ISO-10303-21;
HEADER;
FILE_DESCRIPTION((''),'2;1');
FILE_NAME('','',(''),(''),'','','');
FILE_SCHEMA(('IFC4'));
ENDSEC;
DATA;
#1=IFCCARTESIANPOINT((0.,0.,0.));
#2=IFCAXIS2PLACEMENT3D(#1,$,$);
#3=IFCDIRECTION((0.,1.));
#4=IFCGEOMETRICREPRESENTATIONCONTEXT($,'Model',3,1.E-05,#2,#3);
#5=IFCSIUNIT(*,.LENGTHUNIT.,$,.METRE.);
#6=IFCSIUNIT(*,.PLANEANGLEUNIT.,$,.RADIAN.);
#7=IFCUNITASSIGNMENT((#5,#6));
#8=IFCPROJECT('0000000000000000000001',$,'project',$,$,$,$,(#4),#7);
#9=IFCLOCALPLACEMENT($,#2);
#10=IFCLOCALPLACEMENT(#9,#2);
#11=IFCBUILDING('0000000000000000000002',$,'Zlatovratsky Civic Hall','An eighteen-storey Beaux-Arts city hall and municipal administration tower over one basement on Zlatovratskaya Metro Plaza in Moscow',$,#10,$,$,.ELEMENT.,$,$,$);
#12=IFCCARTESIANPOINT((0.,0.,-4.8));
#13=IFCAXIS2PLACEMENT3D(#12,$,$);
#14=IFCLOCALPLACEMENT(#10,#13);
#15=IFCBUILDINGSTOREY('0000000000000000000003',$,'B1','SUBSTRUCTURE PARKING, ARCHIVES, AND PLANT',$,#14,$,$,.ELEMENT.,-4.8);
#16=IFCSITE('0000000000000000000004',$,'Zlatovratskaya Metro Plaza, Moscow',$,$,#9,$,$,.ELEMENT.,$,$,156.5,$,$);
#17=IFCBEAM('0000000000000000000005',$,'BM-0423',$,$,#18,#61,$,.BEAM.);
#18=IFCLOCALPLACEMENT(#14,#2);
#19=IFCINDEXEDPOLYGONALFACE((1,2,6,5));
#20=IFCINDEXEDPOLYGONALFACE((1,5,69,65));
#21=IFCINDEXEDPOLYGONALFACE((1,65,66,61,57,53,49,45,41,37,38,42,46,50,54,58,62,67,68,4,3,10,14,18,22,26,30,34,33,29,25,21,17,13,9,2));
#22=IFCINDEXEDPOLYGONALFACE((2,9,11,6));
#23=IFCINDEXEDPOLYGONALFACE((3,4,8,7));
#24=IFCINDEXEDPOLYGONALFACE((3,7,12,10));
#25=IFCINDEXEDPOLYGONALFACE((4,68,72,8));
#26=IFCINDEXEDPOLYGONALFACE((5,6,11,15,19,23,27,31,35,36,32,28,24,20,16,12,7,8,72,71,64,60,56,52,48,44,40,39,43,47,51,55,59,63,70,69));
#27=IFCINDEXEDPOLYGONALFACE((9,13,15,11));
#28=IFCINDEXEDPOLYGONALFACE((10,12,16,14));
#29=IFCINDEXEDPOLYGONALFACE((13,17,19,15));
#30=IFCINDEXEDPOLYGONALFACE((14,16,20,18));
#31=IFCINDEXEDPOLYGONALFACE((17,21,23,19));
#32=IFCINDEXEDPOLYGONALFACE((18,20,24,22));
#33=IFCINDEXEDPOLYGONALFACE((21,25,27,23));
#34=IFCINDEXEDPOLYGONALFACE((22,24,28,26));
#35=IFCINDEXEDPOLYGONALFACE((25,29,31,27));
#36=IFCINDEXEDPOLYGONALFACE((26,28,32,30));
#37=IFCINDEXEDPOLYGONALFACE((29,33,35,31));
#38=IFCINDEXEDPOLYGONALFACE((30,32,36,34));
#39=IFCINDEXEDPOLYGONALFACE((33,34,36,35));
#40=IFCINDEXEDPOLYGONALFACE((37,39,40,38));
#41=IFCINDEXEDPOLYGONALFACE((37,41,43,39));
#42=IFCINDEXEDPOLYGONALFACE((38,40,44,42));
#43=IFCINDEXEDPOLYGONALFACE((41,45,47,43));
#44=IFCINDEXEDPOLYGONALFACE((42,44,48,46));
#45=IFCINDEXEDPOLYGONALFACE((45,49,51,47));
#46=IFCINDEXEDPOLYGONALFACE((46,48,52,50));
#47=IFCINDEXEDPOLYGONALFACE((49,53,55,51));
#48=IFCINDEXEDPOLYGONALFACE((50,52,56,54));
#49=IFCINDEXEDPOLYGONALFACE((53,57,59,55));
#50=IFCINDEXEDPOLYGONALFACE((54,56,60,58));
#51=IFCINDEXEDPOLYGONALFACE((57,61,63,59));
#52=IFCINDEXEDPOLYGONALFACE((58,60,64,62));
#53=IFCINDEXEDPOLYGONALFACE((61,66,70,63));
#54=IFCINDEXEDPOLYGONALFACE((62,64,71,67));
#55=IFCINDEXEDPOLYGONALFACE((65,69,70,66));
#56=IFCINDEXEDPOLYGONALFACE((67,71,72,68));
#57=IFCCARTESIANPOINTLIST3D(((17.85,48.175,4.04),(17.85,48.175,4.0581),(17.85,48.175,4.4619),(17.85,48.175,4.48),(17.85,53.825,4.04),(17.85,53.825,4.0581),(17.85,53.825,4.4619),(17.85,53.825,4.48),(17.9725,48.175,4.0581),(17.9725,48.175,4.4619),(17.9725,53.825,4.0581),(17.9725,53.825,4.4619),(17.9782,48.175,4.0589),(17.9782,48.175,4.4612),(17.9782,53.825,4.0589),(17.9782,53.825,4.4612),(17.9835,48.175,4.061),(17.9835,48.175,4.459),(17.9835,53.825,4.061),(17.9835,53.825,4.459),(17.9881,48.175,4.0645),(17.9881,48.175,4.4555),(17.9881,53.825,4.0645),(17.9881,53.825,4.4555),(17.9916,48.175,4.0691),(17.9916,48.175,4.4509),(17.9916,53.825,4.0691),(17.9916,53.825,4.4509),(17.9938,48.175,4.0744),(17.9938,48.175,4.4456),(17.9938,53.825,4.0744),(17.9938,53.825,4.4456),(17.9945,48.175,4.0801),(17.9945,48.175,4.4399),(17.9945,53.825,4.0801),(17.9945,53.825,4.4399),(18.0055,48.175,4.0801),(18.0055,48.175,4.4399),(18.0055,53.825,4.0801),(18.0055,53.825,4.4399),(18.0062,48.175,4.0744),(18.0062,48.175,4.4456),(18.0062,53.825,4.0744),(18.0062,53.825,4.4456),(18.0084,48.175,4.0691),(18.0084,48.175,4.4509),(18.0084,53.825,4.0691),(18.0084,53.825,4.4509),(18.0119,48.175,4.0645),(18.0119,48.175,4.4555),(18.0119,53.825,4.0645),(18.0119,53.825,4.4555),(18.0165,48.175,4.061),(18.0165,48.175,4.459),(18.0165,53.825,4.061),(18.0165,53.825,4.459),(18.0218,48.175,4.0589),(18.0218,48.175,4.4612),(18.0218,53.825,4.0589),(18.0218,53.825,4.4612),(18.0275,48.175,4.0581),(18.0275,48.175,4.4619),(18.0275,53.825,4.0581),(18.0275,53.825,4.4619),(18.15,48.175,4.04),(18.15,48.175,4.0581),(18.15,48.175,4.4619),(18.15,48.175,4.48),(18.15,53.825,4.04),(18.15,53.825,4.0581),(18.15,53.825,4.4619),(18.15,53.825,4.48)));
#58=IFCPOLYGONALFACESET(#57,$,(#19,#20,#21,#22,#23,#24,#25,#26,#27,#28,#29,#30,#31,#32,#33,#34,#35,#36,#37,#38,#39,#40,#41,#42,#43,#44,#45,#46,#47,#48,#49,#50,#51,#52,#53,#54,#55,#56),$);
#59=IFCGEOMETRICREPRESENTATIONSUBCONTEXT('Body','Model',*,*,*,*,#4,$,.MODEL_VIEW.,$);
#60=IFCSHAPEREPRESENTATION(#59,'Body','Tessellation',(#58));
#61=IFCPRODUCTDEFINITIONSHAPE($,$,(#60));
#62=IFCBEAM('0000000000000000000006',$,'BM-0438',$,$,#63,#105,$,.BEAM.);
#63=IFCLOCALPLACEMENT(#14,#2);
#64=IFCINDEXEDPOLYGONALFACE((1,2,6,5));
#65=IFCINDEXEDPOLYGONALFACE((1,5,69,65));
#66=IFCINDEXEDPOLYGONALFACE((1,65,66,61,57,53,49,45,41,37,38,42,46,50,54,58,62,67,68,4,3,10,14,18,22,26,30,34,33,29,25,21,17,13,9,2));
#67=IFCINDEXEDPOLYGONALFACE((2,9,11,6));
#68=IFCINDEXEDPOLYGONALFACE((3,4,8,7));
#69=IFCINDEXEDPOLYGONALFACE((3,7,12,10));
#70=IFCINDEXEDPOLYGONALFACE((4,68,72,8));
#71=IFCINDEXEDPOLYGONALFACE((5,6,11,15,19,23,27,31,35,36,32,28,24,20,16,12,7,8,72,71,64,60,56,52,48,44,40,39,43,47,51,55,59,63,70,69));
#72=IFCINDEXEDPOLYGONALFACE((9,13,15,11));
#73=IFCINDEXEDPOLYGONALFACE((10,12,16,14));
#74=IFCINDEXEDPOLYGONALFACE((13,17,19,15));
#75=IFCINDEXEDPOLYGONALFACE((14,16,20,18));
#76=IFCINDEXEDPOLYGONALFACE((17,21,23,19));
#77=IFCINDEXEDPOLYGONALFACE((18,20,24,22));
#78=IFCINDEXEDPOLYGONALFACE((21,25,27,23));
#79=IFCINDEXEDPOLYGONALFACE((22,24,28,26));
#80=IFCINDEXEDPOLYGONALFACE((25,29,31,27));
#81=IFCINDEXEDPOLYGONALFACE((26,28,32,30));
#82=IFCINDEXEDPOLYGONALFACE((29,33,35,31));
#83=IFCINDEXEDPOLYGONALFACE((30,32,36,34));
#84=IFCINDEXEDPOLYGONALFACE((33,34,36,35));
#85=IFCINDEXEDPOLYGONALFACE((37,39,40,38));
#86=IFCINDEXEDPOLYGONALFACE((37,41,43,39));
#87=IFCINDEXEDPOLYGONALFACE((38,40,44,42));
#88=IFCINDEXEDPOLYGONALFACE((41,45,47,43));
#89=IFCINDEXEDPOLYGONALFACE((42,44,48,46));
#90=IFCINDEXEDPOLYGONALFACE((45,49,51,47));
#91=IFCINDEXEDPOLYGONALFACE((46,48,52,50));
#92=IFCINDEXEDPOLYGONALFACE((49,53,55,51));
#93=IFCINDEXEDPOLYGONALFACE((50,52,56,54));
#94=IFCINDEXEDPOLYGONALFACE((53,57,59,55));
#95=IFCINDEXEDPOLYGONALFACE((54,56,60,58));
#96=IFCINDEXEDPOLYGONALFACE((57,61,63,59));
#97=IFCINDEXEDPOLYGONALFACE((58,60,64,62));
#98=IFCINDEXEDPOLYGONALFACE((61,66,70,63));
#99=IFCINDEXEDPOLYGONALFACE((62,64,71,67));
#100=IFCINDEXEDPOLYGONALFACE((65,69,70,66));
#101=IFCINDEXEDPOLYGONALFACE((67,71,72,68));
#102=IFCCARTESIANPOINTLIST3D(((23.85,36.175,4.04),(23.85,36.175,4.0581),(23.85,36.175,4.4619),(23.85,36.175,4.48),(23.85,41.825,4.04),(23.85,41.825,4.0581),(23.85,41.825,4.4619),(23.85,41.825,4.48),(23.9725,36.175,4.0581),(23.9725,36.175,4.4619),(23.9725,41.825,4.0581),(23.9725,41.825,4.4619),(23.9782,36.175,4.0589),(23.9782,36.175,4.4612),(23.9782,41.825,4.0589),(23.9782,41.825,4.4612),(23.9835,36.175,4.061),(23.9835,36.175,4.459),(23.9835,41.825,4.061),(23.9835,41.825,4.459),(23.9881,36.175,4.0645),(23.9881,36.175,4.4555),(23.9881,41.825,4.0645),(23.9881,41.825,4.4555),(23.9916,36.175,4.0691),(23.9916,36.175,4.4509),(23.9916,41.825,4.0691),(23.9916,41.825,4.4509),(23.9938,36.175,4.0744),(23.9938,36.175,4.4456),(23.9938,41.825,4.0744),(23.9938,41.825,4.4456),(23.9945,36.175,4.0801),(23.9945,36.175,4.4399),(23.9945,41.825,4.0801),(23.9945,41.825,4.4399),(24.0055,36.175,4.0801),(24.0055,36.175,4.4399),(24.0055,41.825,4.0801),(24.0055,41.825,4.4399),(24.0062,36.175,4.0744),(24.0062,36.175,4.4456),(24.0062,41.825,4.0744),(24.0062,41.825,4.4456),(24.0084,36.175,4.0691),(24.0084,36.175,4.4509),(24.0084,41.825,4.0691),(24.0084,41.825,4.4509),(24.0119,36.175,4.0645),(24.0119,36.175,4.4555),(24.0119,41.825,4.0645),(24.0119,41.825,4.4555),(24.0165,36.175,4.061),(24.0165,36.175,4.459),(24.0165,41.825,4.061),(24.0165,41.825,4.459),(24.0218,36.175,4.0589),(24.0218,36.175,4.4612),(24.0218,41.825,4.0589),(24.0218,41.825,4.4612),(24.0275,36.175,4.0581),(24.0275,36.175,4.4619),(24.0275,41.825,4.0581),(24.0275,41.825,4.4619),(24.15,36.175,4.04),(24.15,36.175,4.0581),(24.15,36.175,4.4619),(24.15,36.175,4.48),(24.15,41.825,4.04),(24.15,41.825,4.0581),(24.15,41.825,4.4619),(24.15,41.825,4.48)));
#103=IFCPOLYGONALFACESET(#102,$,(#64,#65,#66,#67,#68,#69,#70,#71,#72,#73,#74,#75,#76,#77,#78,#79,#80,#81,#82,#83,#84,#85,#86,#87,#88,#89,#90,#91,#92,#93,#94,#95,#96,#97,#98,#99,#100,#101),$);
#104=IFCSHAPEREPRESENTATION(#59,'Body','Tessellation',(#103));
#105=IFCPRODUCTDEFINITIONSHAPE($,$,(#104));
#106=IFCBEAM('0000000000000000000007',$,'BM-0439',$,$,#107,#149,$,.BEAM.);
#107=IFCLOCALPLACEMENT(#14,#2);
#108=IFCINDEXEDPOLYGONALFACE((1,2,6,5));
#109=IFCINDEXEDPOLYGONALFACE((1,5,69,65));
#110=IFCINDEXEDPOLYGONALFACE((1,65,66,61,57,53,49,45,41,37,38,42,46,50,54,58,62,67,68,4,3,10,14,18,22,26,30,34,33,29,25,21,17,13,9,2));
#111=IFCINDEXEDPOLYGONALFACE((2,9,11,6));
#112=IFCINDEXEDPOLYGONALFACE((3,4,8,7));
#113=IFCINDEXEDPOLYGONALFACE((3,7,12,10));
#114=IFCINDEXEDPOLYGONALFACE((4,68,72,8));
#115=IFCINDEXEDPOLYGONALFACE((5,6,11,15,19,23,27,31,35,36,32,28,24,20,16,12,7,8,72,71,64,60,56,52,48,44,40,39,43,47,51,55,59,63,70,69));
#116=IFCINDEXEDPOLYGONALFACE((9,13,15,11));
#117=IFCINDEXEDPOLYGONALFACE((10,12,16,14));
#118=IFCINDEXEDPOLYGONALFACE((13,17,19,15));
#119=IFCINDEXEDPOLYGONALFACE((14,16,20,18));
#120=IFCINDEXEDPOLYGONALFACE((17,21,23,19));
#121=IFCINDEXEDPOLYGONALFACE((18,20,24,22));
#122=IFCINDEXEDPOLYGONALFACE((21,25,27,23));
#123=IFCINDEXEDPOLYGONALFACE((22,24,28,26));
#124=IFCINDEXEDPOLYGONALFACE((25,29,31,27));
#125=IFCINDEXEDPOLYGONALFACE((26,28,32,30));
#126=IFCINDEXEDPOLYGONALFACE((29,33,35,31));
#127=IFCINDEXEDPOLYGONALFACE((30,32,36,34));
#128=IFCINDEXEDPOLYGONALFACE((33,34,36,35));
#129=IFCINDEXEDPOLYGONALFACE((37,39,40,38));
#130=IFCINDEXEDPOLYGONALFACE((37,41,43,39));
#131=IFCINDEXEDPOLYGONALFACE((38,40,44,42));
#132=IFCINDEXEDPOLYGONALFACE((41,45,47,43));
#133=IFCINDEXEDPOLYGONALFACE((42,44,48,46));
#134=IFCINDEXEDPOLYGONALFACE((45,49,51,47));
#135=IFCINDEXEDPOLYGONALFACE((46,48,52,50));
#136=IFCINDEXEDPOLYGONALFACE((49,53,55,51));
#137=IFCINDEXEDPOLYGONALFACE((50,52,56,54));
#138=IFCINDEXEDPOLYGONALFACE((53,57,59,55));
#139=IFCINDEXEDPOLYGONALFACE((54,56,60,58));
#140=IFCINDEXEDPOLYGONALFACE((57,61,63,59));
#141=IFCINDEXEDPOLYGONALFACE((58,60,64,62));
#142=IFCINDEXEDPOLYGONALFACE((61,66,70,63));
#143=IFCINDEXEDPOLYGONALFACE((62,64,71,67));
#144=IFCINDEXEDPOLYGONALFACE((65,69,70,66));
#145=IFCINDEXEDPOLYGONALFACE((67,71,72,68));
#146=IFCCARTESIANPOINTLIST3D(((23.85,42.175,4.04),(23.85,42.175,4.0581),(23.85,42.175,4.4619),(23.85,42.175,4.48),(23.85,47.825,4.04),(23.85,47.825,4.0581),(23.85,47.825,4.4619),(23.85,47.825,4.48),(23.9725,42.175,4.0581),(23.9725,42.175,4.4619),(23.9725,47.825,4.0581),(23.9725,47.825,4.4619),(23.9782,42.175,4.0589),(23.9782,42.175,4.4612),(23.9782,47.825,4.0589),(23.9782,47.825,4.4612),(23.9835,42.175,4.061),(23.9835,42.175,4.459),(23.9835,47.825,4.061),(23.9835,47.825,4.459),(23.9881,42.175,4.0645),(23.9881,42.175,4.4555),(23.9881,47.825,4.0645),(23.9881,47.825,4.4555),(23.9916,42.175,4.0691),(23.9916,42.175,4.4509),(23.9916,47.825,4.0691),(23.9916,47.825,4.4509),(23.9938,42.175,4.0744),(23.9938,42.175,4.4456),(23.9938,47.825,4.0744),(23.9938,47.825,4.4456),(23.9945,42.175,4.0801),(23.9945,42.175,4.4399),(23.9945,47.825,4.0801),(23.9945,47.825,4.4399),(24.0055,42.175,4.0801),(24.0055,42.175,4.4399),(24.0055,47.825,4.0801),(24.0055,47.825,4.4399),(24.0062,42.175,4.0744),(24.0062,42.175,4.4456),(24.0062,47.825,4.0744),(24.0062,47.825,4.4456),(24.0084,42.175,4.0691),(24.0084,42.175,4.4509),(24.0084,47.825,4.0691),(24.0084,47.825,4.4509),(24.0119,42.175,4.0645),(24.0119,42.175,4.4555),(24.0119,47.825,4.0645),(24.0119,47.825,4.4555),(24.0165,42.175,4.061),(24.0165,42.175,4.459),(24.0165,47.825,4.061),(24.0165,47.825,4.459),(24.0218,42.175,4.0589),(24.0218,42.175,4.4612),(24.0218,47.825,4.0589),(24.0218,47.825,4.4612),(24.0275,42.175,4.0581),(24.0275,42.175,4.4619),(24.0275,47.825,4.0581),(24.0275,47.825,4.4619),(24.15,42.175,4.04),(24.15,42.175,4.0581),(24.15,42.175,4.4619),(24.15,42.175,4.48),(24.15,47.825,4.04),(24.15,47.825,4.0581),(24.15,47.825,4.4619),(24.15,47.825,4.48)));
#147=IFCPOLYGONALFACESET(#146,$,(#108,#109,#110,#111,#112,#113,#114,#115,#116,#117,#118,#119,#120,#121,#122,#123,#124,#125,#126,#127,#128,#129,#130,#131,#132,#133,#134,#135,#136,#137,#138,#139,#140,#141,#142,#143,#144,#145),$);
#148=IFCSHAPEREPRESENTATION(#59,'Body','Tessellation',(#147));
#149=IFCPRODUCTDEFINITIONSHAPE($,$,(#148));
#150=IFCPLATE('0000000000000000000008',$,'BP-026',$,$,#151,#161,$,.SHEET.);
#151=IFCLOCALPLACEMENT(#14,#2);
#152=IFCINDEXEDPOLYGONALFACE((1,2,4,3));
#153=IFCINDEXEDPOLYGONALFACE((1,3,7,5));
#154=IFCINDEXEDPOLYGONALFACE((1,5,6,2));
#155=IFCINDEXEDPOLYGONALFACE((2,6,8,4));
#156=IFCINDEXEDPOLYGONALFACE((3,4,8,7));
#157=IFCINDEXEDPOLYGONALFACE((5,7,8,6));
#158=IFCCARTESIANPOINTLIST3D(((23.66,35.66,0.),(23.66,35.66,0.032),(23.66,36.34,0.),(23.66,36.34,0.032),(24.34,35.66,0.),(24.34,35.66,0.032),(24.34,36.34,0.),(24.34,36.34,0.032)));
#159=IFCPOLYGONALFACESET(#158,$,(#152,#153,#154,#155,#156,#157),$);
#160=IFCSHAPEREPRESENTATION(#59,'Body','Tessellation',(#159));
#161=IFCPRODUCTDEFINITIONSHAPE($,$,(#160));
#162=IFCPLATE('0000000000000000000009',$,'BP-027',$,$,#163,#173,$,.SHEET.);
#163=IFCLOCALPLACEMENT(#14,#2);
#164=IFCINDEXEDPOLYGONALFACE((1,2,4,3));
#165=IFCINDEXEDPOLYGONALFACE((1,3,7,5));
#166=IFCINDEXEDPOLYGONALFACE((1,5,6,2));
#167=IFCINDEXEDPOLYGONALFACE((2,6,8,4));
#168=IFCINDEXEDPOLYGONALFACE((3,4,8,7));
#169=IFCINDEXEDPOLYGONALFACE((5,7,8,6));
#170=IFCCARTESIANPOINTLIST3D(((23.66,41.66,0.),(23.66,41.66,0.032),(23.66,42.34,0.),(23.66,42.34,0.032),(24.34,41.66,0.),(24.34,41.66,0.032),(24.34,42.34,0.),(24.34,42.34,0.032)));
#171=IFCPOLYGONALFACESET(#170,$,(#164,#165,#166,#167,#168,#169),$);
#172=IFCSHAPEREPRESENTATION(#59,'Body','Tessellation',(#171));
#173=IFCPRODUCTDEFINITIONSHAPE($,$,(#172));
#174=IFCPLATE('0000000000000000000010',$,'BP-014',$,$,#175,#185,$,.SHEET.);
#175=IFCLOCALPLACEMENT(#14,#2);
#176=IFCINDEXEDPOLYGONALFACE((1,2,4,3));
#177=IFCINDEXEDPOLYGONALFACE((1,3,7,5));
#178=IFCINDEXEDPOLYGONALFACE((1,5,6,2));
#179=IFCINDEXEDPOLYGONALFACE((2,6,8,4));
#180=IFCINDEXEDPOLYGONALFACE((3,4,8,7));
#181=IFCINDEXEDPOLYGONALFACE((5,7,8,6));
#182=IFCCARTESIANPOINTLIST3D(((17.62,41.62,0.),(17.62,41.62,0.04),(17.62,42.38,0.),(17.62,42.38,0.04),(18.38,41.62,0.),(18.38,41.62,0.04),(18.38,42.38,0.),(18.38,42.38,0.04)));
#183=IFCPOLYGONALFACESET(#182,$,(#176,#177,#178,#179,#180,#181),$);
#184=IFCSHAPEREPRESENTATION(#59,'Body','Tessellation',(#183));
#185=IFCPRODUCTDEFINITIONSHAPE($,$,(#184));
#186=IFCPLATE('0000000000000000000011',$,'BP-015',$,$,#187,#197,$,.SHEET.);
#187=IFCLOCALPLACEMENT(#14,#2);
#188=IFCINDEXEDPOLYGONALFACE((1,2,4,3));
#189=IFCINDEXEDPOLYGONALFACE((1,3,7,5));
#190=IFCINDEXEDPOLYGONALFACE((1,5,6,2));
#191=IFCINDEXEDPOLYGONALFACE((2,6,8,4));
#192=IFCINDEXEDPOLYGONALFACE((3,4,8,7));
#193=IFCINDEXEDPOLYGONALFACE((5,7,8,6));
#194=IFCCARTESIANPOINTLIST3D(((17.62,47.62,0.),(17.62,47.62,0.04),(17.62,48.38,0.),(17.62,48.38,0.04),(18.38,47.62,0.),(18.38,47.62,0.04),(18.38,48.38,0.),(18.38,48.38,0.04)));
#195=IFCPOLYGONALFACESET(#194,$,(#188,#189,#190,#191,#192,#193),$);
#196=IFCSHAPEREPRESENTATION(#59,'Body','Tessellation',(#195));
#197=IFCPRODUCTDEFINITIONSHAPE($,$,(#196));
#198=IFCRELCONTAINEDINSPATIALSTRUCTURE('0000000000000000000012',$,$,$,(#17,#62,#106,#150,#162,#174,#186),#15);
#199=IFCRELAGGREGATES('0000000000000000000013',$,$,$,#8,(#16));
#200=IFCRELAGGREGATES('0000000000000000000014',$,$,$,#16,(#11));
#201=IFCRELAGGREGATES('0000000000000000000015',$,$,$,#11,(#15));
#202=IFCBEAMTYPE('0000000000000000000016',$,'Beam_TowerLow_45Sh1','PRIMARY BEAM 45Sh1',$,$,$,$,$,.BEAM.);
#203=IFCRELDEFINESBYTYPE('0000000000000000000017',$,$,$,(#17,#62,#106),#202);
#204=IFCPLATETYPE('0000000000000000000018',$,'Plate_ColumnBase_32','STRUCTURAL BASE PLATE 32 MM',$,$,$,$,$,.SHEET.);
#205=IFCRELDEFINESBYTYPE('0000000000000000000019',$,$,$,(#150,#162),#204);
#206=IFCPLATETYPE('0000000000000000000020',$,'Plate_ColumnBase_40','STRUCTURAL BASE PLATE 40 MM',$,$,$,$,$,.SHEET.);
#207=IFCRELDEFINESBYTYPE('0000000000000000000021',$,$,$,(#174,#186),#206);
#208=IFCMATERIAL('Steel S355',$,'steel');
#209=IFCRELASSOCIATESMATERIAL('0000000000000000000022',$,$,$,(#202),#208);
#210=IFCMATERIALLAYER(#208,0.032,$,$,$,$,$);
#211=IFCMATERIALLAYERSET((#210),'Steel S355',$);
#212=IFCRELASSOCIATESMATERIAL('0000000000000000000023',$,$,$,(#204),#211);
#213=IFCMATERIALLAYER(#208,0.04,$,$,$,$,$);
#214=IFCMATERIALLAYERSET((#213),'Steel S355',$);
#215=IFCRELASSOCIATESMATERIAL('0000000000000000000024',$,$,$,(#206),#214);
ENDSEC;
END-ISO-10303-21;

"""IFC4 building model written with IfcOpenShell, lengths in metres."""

from ifc_helpers import new_model, si_unit, direction, frame, origin, origin_2d, place, context, subcontext, project, spatial, rectangle, i_section, extrude, material, layer, layer_set, material_profile, profile_set, type_object, element, save


model = new_model("IFC4")

# Units and contexts
model_context = context("Model", 3, precision=1e-05, world=origin(), true_north=direction((0.0, 1.0)))
body_context = subcontext(model_context, "Body", "Model", "MODEL_VIEW")
ifc_project = project(units=[si_unit("LENGTHUNIT", "METRE"), si_unit("PLANEANGLEUNIT", "RADIAN")], contexts=[model_context])

# Site, building, storey
site_placement = place(None, origin())
site = spatial("IfcSite", under=ifc_project, at=site_placement, Name="Zlatovratskaya Metro Plaza, Moscow", CompositionType="ELEMENT", RefElevation=156.5)
building_placement = place(site_placement, origin())
building = spatial("IfcBuilding", under=site, at=building_placement, Name="Zlatovratsky Civic Hall", Description="An eighteen-storey Beaux-Arts city hall and municipal administration tower over one basement on Zlatovratskaya Metro Plaza in Moscow", CompositionType="ELEMENT")
storey_placement = place(building_placement, frame((0.0, 0.0, -4.8)))
storey = spatial("IfcBuildingStorey", under=building, at=storey_placement, Name="B1", Description="SUBSTRUCTURE PARKING, ARCHIVES, AND PLANT", CompositionType="ELEMENT", Elevation=-4.8)

# Shared definitions
ifc_material_1 = material(Name="Steel S355", Category="steel")

# Beams
ifc_material_profile_1 = material_profile(ifc_material_1, i_section(OverallWidth=0.3, OverallDepth=0.4399, WebThickness=0.011, FlangeThickness=0.0181, FilletRadius=0.022, at=origin_2d()), Name="45Sh1")
ifc_profile_set_1 = profile_set([ifc_material_profile_1], Name="Steel S355")
beam_type = type_object("IfcBeamType", Name="Beam_TowerLow_45Sh1", Description="PRIMARY BEAM 45Sh1", PredefinedType="BEAM", material=ifc_profile_set_1)
for number, where, z_axis, x_axis, name in (
    (1, (18.0, 48.175, 4.26), (0.0, 1.0, 0.0), (-1.0, 0.0, 0.0), "BM-0423"),
    (2, (24.0, 36.175, 4.26), (0.0, 1.0, 0.0), (-1.0, 0.0, 0.0), "BM-0438"),
    (3, (24.0, 42.175, 4.26), (0.0, 1.0, 0.0), (-1.0, 0.0, 0.0), "BM-0439"),
):
    element("IfcBeam", number, at=place(storey_placement, frame(where, z_axis=z_axis, x_axis=x_axis)), inside=storey, type_object=beam_type, Name=name, PredefinedType="BEAM", context=body_context, shape_type="SweptSolid", body=[
        extrude(i_section(OverallWidth=0.3, OverallDepth=0.4399, WebThickness=0.011, FlangeThickness=0.0181, FilletRadius=0.022, at=origin_2d()), origin(), (0.0, 0.0, 1.0), 5.6499),
    ])

# Plates
ifc_layer_1 = layer(ifc_material_1, 0.032)
ifc_layer_set_1 = layer_set([ifc_layer_1], Name="Steel S355")
plate_type_1 = type_object("IfcPlateType", Name="Plate_ColumnBase_32", Description="STRUCTURAL BASE PLATE 32 MM", PredefinedType="SHEET", material=ifc_layer_set_1)
for number, where, z_axis, x_axis, name in (
    (4, (24.0, 36.0, 0.0), (0.0, 0.0, 1.0), (1.0, 0.0, 0.0), "BP-026"),
    (5, (24.0, 42.0, 0.0), (0.0, 0.0, 1.0), (1.0, 0.0, 0.0), "BP-027"),
):
    element("IfcPlate", number, at=place(storey_placement, frame(where, z_axis=z_axis, x_axis=x_axis)), inside=storey, type_object=plate_type_1, Name=name, PredefinedType="SHEET", context=body_context, shape_type="SweptSolid", body=[
        extrude(rectangle(XDim=0.6799, YDim=0.6799, at=origin_2d()), origin(), (0.0, 0.0, 1.0), 0.032),
    ])
ifc_layer_2 = layer(ifc_material_1, 0.04)
ifc_layer_set_2 = layer_set([ifc_layer_2], Name="Steel S355")
plate_type_2 = type_object("IfcPlateType", Name="Plate_ColumnBase_40", Description="STRUCTURAL BASE PLATE 40 MM", PredefinedType="SHEET", material=ifc_layer_set_2)
for number, where, z_axis, x_axis, name in (
    (6, (18.0, 42.0, 0.0), (0.0, 0.0, 1.0), (1.0, 0.0, 0.0), "BP-014"),
    (7, (18.0, 48.0, 0.0), (0.0, 0.0, 1.0), (1.0, 0.0, 0.0), "BP-015"),
):
    element("IfcPlate", number, at=place(storey_placement, frame(where, z_axis=z_axis, x_axis=x_axis)), inside=storey, type_object=plate_type_2, Name=name, PredefinedType="SHEET", context=body_context, shape_type="SweptSolid", body=[
        extrude(rectangle(XDim=0.76, YDim=0.76, at=origin_2d()), origin(), (0.0, 0.0, 1.0), 0.04),
    ])

save(model, "model.ifc")
